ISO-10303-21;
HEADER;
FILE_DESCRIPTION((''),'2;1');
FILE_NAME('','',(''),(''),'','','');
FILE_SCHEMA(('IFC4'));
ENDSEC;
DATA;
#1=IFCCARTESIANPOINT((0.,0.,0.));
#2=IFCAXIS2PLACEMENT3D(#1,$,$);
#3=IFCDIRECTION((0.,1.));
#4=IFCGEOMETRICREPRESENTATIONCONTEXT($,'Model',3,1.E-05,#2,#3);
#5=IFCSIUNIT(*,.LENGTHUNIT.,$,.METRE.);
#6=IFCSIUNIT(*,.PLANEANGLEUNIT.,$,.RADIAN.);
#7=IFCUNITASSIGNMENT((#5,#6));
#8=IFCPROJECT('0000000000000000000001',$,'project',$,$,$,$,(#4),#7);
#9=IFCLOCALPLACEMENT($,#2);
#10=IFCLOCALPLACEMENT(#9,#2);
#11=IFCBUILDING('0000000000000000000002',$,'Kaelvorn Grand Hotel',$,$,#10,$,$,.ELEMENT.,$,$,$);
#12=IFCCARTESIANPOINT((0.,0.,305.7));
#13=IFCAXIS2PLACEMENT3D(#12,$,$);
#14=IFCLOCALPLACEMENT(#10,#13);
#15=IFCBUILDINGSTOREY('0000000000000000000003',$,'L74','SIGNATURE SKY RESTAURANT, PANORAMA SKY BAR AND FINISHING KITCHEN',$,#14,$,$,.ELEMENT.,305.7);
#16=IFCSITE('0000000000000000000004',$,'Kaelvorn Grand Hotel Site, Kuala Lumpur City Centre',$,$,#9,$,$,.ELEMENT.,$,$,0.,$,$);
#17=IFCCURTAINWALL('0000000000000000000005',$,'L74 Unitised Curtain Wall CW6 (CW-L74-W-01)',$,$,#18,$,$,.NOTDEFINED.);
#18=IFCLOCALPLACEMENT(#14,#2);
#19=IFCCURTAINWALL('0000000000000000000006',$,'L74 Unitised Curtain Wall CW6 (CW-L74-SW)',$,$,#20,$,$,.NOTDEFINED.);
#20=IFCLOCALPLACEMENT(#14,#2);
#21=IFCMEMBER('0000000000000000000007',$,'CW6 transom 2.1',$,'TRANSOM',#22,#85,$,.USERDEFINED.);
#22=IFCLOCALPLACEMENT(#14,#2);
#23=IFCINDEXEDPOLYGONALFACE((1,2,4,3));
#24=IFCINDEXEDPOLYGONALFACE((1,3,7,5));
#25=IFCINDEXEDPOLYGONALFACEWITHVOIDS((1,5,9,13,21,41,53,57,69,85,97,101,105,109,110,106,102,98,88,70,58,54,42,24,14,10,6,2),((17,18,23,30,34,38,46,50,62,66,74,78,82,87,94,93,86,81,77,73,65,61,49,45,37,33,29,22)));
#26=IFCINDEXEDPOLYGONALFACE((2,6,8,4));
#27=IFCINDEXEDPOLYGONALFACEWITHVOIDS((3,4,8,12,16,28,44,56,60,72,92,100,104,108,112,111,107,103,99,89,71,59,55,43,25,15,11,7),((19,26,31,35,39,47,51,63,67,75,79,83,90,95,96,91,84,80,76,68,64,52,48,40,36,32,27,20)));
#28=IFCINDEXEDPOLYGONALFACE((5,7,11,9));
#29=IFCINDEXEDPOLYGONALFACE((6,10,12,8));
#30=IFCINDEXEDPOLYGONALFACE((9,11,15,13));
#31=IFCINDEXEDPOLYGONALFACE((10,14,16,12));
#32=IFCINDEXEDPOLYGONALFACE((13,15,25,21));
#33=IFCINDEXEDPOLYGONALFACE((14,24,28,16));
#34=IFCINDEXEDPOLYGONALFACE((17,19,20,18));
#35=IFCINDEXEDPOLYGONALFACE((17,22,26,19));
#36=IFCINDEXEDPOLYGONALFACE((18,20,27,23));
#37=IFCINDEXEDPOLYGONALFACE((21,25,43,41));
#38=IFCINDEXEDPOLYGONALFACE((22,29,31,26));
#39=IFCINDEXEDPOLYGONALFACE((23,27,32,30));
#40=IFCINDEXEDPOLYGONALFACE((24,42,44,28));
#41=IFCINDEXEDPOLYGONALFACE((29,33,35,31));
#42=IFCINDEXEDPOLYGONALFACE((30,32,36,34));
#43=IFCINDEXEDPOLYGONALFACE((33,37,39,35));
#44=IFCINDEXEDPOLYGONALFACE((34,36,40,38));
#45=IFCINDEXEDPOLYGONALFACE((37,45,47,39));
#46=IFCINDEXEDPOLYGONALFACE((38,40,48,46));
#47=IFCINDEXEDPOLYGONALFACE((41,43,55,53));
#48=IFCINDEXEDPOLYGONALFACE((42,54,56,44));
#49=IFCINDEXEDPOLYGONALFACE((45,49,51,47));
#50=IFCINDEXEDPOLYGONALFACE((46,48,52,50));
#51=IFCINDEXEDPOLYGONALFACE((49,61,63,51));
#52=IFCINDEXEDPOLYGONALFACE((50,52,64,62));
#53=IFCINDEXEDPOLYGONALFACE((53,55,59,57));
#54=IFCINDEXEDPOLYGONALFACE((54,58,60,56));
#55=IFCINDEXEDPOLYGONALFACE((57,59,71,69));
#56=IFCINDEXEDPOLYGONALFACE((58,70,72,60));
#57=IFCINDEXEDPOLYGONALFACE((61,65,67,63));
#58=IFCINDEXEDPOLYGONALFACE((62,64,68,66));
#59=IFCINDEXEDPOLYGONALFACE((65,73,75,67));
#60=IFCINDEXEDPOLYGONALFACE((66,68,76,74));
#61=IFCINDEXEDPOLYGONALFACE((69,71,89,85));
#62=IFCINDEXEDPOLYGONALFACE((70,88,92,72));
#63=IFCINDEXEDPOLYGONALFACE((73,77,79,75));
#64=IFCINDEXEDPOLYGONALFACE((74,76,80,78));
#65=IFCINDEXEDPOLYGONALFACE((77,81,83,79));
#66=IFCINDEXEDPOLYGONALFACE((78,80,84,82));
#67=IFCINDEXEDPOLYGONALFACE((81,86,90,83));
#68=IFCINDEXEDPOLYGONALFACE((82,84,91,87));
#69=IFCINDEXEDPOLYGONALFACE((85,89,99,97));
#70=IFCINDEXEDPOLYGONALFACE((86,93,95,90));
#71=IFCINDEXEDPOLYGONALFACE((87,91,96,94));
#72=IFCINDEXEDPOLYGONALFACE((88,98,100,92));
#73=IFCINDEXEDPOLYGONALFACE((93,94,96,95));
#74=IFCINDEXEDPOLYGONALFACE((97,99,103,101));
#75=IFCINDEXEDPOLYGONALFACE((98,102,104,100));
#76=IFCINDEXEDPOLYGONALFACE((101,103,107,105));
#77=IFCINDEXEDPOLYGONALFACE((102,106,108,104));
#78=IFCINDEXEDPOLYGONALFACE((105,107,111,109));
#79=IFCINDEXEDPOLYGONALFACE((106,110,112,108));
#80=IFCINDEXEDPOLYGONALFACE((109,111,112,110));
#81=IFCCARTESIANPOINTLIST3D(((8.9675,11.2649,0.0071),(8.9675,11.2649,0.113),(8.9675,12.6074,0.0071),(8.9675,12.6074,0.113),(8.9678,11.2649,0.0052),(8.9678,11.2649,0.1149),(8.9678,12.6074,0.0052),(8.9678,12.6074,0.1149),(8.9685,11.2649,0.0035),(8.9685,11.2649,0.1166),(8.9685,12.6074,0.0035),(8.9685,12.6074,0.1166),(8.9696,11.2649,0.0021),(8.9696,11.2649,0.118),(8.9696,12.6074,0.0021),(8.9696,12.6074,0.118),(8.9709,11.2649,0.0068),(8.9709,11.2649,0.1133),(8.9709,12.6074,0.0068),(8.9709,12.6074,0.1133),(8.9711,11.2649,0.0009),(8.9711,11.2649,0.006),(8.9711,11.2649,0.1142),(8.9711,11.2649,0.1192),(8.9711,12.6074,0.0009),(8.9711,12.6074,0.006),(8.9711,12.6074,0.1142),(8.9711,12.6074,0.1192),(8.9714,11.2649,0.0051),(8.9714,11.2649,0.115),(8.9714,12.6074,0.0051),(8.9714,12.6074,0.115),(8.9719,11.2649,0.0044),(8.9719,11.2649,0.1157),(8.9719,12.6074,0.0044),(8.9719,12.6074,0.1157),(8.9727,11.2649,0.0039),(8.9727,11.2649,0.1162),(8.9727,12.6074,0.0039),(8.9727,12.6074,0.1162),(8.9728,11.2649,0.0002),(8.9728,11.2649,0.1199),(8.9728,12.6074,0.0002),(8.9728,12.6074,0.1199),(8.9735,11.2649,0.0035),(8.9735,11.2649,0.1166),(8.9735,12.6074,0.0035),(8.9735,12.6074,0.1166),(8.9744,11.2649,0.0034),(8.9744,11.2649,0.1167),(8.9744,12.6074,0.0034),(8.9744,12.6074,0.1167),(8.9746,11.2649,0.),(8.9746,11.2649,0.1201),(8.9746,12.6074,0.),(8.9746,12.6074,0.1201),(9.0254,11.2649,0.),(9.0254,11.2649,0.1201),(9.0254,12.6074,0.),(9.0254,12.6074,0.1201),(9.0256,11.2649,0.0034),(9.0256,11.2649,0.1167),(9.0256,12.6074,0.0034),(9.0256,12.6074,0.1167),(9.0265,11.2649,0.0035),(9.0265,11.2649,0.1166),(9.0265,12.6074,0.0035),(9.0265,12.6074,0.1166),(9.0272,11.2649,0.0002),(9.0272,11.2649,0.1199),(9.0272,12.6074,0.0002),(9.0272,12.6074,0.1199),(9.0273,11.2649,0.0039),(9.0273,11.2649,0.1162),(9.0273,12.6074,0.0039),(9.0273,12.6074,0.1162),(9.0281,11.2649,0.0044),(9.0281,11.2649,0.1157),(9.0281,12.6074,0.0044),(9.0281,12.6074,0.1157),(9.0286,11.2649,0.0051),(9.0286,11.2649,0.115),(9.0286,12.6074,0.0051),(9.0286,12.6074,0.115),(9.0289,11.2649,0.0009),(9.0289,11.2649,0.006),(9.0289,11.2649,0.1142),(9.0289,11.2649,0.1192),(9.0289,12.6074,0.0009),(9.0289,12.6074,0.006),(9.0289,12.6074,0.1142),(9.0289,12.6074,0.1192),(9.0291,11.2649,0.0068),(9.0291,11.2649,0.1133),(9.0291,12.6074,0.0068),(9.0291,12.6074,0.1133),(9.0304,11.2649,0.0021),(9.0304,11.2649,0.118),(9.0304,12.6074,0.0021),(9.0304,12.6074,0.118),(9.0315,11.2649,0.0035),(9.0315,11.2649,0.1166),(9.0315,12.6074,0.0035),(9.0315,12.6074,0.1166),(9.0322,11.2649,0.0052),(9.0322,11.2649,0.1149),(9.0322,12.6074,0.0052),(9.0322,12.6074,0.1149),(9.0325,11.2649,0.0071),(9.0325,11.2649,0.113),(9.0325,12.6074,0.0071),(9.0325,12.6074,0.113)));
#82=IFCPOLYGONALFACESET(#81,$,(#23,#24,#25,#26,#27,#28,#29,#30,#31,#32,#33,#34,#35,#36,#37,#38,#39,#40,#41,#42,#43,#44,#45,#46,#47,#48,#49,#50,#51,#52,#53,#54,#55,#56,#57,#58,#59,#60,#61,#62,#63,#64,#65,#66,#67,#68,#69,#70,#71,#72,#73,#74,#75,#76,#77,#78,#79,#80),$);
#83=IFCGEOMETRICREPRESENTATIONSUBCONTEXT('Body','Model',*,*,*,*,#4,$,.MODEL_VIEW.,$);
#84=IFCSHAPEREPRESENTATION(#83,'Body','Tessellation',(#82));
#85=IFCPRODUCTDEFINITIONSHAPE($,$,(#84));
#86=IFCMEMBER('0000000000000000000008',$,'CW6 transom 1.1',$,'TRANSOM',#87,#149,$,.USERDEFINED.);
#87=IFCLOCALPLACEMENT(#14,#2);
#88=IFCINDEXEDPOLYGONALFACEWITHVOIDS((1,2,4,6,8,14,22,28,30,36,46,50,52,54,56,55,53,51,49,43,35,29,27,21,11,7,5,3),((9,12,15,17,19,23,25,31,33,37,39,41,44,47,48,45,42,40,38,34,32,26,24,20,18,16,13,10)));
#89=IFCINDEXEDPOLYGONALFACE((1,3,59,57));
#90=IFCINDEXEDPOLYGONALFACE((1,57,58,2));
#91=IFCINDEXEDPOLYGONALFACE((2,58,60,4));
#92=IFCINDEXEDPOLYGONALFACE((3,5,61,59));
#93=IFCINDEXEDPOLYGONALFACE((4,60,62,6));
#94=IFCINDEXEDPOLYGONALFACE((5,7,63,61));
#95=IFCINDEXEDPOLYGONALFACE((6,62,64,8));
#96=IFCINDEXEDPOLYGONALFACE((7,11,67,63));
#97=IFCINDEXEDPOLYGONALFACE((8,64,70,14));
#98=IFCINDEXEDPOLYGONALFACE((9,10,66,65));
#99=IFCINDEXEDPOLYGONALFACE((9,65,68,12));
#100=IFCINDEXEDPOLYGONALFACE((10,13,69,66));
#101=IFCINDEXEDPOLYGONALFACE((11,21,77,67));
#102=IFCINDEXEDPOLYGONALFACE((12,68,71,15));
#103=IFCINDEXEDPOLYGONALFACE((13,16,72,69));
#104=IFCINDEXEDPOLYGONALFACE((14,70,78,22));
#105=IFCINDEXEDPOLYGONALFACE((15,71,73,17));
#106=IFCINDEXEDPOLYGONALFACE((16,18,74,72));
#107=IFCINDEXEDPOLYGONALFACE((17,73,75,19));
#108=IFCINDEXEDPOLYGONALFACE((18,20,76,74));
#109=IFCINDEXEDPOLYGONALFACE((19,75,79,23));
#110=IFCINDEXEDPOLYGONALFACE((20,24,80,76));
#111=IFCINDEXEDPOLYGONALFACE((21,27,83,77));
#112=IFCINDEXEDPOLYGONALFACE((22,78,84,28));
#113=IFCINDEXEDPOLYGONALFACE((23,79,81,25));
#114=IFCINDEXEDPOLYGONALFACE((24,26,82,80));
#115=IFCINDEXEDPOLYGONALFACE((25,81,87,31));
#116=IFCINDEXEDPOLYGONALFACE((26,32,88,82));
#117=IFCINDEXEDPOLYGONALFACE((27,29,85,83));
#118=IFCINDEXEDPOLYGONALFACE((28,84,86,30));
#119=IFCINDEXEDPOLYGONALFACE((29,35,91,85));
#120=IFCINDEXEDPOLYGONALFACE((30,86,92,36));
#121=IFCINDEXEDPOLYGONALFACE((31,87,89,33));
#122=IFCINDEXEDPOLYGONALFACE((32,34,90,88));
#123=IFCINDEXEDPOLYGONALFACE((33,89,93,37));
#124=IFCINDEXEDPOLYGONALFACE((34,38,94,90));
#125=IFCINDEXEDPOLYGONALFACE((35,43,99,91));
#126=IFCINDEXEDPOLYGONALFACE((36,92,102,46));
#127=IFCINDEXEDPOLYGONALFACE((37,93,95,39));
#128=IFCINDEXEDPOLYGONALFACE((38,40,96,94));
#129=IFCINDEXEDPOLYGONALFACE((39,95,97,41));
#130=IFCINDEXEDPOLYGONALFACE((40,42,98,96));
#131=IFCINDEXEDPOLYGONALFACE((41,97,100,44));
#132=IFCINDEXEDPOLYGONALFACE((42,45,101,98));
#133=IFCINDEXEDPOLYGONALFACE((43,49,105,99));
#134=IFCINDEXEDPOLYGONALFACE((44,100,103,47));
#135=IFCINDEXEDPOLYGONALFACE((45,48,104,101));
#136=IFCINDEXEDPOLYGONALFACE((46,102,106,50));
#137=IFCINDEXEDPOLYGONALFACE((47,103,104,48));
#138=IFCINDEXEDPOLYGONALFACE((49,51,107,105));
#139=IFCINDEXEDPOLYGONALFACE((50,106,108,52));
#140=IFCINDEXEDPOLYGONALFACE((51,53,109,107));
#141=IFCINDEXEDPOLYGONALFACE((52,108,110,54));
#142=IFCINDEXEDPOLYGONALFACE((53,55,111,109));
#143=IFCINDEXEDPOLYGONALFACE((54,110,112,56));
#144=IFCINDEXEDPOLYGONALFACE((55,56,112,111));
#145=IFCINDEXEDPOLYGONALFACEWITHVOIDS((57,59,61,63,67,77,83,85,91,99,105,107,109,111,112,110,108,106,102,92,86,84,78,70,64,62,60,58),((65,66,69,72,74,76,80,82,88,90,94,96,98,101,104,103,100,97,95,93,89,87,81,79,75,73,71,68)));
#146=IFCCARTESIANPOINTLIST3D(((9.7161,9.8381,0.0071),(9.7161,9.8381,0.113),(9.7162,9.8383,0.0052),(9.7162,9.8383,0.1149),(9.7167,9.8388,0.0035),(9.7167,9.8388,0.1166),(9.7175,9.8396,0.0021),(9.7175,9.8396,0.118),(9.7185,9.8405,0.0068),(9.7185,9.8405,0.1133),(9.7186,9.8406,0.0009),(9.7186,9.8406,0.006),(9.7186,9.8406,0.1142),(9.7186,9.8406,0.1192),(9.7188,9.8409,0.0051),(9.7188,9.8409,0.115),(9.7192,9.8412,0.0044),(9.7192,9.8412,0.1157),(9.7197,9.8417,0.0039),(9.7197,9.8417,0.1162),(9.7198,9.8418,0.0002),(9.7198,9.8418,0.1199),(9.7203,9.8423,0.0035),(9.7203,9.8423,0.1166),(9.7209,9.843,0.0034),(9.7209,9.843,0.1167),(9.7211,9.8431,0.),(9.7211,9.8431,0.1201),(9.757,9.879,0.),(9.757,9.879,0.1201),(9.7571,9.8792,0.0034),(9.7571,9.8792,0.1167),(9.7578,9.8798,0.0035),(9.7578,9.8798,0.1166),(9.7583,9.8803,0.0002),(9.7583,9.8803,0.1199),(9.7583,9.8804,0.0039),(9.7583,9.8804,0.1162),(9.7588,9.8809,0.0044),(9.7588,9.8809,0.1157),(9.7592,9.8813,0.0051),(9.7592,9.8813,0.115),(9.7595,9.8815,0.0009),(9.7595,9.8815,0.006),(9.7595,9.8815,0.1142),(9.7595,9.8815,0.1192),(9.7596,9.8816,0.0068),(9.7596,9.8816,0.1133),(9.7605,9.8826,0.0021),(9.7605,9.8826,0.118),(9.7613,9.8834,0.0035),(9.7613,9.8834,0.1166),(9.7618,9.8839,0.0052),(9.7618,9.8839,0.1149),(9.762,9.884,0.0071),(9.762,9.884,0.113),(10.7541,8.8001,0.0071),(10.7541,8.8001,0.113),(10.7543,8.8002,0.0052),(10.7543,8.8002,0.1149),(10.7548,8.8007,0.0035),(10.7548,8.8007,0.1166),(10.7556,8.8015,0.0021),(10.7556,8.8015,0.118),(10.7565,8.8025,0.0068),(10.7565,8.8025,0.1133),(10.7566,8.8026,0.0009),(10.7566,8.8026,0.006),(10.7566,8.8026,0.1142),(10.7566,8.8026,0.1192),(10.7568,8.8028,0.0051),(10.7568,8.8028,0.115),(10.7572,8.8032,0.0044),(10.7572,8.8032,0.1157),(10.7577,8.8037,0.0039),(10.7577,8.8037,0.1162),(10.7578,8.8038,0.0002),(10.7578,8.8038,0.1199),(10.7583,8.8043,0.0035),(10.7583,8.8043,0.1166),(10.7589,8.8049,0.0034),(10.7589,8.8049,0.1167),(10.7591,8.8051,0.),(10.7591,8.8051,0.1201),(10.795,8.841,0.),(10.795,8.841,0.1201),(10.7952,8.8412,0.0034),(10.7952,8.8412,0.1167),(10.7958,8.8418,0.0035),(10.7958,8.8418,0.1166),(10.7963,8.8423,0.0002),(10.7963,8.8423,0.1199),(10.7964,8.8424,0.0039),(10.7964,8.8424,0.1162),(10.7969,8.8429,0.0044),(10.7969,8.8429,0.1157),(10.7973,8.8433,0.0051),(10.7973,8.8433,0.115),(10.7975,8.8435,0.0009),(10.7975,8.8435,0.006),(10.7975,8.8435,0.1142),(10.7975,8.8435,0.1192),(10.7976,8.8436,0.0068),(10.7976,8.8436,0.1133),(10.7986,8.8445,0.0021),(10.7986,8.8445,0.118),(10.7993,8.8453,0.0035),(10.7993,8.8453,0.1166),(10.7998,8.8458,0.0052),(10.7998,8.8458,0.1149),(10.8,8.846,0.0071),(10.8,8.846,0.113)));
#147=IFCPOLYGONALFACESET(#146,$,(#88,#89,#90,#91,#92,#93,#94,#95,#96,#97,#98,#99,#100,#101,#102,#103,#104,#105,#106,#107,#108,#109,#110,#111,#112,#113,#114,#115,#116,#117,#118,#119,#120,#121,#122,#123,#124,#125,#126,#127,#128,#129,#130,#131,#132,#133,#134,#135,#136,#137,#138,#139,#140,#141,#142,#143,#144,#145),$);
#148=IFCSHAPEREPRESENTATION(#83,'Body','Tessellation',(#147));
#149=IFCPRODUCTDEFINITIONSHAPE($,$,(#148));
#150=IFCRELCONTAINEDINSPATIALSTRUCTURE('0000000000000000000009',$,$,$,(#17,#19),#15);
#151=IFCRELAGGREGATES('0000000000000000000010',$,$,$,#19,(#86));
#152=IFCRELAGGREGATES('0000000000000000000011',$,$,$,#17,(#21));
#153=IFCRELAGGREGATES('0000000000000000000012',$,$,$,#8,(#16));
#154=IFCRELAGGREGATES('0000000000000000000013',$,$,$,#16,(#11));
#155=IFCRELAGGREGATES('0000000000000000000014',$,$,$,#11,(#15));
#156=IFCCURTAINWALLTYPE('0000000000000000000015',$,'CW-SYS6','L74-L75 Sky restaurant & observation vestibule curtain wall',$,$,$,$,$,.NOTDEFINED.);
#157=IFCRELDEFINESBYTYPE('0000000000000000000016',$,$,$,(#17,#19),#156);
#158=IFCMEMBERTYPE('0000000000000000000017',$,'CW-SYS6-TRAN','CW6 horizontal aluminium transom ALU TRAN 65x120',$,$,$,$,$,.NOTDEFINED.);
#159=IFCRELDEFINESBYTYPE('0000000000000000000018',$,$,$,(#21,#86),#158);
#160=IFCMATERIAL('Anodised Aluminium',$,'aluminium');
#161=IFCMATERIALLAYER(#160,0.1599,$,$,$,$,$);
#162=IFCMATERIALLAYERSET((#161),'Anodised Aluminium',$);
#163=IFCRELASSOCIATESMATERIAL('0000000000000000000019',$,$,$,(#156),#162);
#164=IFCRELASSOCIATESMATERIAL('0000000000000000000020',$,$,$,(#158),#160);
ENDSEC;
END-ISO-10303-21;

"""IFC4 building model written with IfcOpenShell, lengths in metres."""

from ifc_helpers import new_model, si_unit, direction, frame, origin, origin_2d, place, context, subcontext, project, spatial, hollow_rectangle, extrude, material, layer, layer_set, material_profile, profile_set, type_object, element, aggregate, save


model = new_model("IFC4")

# Units and contexts
model_context = context("Model", 3, precision=1e-05, world=origin(), true_north=direction((0.0, 1.0)))
body_context = subcontext(model_context, "Body", "Model", "MODEL_VIEW")
ifc_project = project(units=[si_unit("LENGTHUNIT", "METRE"), si_unit("PLANEANGLEUNIT", "RADIAN")], contexts=[model_context])

# Site, building, storey
site_placement = place(None, origin())
site = spatial("IfcSite", under=ifc_project, at=site_placement, Name="Kaelvorn Grand Hotel Site, Kuala Lumpur City Centre", CompositionType="ELEMENT", RefElevation=0.0)
building_placement = place(site_placement, origin())
building = spatial("IfcBuilding", under=site, at=building_placement, Name="Kaelvorn Grand Hotel", CompositionType="ELEMENT")
storey_placement = place(building_placement, frame((0.0, 0.0, 305.7)))
storey = spatial("IfcBuildingStorey", under=building, at=storey_placement, Name="L74", Description="SIGNATURE SKY RESTAURANT, PANORAMA SKY BAR AND FINISHING KITCHEN", CompositionType="ELEMENT", Elevation=305.7)

# Curtain walls
ifc_material_1 = material(Name="Anodised Aluminium", Category="aluminium")
ifc_layer_1 = layer(ifc_material_1, 0.1599)
ifc_layer_set_1 = layer_set([ifc_layer_1], Name="Anodised Aluminium")
curtain_wall_type = type_object("IfcCurtainWallType", Name="CW-SYS6", Description="L74-L75 Sky restaurant & observation vestibule curtain wall", PredefinedType="NOTDEFINED", material=ifc_layer_set_1)
curtain_wall_1_placement = place(storey_placement, origin())
curtain_wall_1 = element("IfcCurtainWall", 1, at=curtain_wall_1_placement, inside=storey, type_object=curtain_wall_type, Name="L74 Unitised Curtain Wall CW6 (CW-L74-W-01)", PredefinedType="NOTDEFINED")
curtain_wall_2_placement = place(storey_placement, origin())
curtain_wall_2 = element("IfcCurtainWall", 2, at=curtain_wall_2_placement, inside=storey, type_object=curtain_wall_type, Name="L74 Unitised Curtain Wall CW6 (CW-L74-SW)", PredefinedType="NOTDEFINED")

# Members
ifc_material_profile_1 = material_profile(ifc_material_1, hollow_rectangle(XDim=0.0649, YDim=0.1201, WallThickness=0.0034, InnerFilletRadius=0.0034, OuterFilletRadius=0.0071, at=origin_2d()), Name="ALU TRAN 65x120")
ifc_profile_set_1 = profile_set([ifc_material_profile_1], Name="Anodised Aluminium")
member_type_1 = type_object("IfcMemberType", Name="CW-SYS6-TRAN", Description="CW6 horizontal aluminium transom ALU TRAN 65x120", PredefinedType="NOTDEFINED", material=ifc_profile_set_1)
member_1_placement = place(storey_placement, frame((9.0, 12.6074, 0.0601), z_axis=(0.0, -1.0, 0.0), x_axis=(1.0, 0.0, 0.0)))
member_1 = element("IfcMember", 3, at=member_1_placement, type_object=member_type_1, Name="CW6 transom 2.1", ObjectType="TRANSOM", PredefinedType="USERDEFINED", context=body_context, shape_type="SweptSolid", body=[
    extrude(hollow_rectangle(XDim=0.0649, YDim=0.1201, WallThickness=0.0034, InnerFilletRadius=0.0034, OuterFilletRadius=0.0071, at=origin_2d()), origin(), (0.0, 0.0, 1.0), 1.3425),
])
member_2_placement = place(storey_placement, frame((9.739, 9.8611, 0.0601), z_axis=(0.707107, -0.707107, 0.0), x_axis=(0.707107, 0.707107, 0.0)))
member_2 = element("IfcMember", 4, at=member_2_placement, type_object=member_type_1, Name="CW6 transom 1.1", ObjectType="TRANSOM", PredefinedType="USERDEFINED", context=body_context, shape_type="SweptSolid", body=[
    extrude(hollow_rectangle(XDim=0.0649, YDim=0.1201, WallThickness=0.0034, InnerFilletRadius=0.0034, OuterFilletRadius=0.0071, at=origin_2d()), origin(), (0.0, 0.0, 1.0), 1.468),
])
aggregate(curtain_wall_2, [member_2])

aggregate(curtain_wall_1, [member_1])

save(model, "model.ifc")
